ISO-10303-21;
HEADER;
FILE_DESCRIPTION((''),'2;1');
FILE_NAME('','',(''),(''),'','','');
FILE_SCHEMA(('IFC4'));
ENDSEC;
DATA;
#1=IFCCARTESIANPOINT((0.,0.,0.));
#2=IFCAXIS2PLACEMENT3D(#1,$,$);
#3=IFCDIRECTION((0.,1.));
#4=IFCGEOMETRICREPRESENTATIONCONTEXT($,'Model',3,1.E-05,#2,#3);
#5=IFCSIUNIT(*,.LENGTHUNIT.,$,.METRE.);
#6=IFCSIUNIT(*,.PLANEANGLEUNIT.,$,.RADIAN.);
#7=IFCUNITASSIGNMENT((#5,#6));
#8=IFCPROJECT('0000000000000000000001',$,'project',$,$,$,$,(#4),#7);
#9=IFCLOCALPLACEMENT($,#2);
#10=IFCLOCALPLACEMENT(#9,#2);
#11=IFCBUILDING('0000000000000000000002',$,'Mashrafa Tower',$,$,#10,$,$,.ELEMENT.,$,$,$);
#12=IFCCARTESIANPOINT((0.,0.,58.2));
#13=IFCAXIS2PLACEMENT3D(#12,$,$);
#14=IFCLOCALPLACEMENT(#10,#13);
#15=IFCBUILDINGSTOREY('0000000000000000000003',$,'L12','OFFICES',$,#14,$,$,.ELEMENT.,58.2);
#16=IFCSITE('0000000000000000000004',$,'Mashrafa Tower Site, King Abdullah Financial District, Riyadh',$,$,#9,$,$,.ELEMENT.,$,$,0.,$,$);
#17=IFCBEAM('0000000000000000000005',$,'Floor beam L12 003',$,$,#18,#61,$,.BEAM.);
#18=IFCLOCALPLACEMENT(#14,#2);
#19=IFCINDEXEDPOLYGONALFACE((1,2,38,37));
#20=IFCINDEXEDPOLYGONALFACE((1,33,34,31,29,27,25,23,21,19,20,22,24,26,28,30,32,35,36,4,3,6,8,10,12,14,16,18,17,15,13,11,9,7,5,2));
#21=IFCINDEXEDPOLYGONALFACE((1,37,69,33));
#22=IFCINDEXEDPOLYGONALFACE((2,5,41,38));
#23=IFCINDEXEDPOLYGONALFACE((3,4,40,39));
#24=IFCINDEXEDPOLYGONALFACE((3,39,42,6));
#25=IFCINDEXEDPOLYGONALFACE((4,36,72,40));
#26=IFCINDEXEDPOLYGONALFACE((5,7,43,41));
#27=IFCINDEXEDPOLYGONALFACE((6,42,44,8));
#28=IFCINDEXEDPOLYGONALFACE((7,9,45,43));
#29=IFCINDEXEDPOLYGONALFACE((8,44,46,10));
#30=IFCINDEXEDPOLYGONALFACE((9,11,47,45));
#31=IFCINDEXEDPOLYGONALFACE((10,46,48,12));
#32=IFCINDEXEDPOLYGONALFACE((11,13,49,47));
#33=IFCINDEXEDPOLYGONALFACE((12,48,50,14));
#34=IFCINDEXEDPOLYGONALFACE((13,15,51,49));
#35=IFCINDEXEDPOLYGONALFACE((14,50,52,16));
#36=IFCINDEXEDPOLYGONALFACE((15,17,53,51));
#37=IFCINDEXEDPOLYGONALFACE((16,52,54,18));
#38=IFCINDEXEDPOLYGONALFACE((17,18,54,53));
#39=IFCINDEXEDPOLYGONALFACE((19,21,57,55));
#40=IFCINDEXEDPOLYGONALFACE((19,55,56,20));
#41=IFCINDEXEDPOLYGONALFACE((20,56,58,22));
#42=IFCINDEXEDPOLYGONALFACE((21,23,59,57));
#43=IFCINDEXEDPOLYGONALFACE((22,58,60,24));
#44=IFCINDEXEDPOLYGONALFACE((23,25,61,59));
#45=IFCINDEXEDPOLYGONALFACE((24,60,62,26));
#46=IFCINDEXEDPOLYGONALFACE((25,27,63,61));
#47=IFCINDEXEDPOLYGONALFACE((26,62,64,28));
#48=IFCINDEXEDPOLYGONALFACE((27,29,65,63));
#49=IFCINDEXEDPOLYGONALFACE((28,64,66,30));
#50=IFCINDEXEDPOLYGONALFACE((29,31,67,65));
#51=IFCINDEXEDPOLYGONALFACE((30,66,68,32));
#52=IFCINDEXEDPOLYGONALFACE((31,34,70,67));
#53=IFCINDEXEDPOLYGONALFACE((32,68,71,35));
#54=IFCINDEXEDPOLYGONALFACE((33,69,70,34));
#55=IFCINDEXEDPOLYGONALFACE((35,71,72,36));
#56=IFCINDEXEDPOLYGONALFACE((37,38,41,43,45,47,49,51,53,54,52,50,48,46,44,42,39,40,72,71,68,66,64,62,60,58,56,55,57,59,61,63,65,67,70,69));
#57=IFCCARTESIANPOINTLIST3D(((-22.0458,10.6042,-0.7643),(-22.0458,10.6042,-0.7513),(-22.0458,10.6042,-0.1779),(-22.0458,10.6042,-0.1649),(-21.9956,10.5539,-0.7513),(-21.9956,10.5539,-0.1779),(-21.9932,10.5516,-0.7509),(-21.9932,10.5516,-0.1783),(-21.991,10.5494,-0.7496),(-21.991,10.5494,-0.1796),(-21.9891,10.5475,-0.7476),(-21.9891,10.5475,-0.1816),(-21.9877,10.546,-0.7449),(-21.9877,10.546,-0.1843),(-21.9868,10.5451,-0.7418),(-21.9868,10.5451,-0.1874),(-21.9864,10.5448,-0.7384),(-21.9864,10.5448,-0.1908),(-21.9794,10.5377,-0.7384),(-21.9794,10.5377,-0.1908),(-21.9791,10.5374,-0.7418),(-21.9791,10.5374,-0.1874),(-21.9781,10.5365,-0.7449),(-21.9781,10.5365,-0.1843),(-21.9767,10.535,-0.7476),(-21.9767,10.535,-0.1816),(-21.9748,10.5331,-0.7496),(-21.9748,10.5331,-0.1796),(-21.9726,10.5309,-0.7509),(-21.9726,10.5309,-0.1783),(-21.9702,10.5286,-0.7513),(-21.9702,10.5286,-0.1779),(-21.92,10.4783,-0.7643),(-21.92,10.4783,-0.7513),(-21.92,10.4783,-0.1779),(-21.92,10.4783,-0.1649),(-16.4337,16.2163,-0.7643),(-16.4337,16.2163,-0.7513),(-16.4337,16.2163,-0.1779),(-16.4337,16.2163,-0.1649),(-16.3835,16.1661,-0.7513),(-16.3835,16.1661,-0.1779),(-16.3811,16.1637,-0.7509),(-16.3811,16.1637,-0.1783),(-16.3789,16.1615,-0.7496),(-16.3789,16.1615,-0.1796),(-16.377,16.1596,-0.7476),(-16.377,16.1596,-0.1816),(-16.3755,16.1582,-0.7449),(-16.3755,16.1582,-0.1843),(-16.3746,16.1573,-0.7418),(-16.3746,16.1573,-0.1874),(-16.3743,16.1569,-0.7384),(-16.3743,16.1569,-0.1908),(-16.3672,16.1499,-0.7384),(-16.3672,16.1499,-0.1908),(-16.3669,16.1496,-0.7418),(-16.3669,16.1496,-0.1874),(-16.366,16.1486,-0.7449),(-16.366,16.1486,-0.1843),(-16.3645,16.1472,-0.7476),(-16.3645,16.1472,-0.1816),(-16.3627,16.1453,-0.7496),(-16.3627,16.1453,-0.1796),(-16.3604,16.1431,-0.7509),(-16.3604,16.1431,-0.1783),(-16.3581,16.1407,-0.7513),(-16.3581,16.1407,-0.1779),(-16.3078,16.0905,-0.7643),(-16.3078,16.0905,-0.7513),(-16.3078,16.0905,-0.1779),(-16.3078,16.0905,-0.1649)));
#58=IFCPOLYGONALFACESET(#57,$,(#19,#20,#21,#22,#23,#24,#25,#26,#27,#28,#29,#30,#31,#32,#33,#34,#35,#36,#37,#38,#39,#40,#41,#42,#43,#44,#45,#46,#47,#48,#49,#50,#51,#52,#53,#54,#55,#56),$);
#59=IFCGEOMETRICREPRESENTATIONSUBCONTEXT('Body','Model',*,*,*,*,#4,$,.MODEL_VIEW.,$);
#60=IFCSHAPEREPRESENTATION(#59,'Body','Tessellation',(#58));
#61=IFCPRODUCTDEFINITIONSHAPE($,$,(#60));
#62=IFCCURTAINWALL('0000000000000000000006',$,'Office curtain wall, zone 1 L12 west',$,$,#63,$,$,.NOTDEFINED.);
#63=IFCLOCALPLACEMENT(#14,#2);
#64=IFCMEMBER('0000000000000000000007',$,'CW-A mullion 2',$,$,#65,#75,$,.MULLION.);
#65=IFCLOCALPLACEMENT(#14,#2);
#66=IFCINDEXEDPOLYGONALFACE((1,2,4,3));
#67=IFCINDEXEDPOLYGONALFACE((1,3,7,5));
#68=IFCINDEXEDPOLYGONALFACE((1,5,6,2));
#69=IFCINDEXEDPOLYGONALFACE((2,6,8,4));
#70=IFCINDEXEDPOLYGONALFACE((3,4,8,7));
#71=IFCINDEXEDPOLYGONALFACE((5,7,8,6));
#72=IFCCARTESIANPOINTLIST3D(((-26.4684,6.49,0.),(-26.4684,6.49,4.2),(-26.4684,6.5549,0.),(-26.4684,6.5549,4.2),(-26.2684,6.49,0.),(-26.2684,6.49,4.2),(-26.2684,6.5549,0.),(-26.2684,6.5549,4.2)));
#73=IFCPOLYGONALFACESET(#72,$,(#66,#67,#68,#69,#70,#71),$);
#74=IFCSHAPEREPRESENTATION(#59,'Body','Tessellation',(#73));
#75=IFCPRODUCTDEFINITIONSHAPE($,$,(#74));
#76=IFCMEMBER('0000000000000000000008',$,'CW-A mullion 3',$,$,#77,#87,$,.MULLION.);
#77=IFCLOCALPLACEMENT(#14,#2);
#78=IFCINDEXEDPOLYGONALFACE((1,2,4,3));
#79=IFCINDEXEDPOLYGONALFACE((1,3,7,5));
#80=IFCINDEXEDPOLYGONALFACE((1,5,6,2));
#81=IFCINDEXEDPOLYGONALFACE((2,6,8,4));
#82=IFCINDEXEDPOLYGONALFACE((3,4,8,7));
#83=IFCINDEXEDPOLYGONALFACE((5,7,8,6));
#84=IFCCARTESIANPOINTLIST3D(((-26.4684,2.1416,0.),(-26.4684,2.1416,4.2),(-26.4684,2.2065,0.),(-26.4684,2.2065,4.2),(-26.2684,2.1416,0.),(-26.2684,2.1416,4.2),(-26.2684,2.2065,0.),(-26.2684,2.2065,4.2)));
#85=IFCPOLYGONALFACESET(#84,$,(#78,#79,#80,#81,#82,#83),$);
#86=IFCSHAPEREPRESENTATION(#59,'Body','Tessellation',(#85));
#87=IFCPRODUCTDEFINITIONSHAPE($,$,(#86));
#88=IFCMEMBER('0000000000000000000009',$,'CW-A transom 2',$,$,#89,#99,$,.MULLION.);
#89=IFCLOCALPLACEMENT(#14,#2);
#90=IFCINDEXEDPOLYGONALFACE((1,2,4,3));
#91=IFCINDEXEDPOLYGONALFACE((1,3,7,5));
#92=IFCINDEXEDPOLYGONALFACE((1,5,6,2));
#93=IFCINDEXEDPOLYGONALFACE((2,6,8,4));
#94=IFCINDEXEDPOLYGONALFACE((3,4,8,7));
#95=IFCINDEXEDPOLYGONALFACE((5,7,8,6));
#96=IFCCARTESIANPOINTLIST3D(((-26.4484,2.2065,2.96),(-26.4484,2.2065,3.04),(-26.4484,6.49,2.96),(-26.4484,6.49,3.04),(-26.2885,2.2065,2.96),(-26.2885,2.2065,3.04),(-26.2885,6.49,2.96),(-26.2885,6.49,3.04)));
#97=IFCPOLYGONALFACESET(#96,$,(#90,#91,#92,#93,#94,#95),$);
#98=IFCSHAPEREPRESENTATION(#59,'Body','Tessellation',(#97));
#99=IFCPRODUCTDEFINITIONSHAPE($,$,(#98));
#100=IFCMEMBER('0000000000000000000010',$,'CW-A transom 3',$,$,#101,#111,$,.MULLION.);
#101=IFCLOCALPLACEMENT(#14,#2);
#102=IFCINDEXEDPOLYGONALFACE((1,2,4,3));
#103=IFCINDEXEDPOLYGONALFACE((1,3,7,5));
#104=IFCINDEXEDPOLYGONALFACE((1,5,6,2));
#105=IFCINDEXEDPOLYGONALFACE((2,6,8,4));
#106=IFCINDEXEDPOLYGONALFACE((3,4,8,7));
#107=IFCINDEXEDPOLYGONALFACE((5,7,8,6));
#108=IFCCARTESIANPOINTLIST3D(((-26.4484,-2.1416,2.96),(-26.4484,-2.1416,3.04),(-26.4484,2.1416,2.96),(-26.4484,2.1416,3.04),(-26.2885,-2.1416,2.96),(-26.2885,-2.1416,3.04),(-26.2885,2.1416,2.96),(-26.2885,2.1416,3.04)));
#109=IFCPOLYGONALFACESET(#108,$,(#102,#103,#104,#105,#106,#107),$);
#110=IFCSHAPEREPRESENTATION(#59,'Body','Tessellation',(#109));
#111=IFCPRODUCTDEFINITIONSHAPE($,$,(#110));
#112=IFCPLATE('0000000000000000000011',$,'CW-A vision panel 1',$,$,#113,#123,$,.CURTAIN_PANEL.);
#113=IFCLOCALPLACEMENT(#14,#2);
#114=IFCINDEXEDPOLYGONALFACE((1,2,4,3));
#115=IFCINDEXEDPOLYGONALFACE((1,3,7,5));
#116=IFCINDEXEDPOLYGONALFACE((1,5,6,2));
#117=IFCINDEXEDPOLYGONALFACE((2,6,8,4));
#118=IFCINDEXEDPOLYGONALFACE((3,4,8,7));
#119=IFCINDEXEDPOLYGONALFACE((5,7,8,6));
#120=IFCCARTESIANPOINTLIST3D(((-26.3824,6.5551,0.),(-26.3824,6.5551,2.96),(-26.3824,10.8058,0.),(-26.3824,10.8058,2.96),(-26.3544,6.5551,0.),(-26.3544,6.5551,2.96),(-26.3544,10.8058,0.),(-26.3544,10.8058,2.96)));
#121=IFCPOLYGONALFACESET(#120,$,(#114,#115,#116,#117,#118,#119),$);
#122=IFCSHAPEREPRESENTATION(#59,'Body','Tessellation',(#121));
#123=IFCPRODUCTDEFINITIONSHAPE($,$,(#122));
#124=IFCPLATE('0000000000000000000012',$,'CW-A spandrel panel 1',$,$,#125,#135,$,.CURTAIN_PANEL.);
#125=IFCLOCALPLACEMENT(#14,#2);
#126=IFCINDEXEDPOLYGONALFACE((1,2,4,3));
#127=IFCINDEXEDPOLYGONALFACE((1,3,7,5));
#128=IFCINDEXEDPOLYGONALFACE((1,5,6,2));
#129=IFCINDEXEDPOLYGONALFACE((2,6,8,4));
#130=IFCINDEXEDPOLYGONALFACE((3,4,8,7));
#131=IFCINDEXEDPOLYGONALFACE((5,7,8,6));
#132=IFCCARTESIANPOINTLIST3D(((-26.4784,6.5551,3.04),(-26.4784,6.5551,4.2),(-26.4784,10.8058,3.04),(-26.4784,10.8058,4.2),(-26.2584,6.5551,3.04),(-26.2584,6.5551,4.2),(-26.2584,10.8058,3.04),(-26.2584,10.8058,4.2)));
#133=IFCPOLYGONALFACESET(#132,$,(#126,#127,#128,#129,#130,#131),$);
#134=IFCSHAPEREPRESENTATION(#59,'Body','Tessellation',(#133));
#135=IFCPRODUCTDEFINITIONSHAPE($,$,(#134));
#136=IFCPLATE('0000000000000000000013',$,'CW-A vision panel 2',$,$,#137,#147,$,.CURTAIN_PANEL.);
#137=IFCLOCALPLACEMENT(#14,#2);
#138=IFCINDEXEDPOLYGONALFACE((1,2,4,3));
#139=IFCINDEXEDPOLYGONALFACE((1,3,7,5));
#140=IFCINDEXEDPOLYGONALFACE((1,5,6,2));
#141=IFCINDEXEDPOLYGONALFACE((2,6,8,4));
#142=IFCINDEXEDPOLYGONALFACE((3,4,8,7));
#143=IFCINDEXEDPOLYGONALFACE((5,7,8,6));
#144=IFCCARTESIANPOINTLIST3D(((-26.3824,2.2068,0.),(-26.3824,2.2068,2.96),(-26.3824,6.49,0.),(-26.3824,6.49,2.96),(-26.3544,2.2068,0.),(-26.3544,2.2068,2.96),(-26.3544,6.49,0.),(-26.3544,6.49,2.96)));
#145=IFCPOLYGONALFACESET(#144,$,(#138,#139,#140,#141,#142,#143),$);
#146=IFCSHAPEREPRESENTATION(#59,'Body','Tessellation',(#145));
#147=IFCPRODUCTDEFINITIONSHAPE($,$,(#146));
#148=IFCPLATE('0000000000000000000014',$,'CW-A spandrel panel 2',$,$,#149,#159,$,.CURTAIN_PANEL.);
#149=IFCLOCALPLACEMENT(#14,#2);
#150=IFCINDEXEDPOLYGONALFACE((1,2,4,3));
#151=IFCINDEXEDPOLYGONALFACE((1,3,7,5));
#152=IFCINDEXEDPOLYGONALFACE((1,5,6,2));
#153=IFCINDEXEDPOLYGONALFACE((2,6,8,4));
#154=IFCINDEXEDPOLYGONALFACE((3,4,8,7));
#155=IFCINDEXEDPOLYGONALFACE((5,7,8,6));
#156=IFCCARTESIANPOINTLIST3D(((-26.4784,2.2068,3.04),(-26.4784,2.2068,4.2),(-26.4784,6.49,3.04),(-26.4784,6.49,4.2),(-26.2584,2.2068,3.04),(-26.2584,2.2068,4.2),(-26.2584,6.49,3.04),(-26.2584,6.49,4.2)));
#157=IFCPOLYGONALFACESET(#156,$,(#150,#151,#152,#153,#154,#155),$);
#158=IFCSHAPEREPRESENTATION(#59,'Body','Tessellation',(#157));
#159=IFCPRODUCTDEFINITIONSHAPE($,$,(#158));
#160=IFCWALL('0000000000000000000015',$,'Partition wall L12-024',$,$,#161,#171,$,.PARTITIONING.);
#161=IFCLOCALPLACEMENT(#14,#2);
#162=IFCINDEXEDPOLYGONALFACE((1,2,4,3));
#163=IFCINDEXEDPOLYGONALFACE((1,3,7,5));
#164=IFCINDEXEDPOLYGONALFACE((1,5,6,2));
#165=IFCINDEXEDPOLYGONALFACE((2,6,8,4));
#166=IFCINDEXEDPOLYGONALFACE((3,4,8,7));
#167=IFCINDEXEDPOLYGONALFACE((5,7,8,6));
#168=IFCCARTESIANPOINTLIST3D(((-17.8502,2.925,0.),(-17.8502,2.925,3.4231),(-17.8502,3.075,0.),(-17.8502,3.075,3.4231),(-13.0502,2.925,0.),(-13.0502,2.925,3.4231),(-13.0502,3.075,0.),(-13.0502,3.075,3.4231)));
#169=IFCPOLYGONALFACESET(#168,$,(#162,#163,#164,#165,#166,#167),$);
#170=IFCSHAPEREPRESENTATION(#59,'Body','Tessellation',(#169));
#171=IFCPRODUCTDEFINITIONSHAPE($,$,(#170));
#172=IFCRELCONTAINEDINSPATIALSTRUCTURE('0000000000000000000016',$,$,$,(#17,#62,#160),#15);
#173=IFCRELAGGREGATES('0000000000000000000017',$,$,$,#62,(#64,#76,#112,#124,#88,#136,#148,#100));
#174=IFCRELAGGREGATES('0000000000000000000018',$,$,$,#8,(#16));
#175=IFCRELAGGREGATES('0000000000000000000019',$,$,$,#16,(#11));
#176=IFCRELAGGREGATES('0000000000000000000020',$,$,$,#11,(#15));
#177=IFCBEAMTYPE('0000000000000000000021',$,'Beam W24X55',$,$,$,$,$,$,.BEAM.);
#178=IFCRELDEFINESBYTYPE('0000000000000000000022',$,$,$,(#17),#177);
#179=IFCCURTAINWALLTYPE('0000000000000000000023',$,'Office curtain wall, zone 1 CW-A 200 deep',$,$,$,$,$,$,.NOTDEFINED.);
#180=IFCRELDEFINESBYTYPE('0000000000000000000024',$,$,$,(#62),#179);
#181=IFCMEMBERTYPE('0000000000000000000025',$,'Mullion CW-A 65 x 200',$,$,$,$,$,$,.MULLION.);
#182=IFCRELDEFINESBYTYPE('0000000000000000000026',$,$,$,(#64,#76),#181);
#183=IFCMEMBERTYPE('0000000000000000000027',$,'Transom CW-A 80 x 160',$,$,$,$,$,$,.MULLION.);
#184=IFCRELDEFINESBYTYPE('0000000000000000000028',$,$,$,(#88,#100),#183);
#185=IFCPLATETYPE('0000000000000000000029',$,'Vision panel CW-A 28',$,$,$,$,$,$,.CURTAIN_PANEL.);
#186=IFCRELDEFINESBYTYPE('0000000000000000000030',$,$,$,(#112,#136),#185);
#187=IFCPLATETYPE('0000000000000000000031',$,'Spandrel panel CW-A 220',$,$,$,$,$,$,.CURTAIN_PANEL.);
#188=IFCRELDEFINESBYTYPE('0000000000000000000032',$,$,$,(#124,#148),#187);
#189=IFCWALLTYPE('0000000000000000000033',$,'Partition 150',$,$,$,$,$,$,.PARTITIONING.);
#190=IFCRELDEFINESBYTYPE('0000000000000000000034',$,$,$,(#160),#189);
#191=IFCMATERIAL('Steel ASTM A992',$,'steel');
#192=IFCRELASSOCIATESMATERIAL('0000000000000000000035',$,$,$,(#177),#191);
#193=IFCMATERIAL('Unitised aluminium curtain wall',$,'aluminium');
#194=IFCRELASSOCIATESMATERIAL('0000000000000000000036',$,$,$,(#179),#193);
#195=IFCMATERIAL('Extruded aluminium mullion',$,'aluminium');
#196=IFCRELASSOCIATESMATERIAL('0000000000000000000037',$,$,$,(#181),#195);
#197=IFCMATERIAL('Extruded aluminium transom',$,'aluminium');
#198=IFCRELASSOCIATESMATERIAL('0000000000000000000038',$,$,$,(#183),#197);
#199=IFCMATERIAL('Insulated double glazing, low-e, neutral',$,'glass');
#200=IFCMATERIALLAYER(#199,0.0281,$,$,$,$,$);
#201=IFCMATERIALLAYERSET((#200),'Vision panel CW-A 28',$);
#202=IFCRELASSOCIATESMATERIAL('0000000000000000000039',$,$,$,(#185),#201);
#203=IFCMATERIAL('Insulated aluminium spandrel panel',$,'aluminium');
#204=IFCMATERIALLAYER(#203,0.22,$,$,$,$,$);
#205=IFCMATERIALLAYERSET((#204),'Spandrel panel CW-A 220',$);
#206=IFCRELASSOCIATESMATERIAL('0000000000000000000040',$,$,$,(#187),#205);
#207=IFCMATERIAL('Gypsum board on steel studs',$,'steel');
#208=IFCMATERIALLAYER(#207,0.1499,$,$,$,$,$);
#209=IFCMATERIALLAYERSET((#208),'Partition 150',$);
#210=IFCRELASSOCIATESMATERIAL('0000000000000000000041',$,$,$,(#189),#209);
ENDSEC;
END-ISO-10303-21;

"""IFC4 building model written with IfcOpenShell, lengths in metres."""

from ifc_helpers import new_model, si_unit, direction, frame, frame_2d, origin, origin_2d, place, context, subcontext, project, spatial, rectangle, i_section, extrude, source, transform, mapped, material, layer, layer_set, material_profile, profile_set, type_object, type_shapes, element, aggregate, save


model = new_model("IFC4")

# Units and contexts
model_context = context("Model", 3, precision=1e-05, world=origin(), true_north=direction((0.0, 1.0)))
body_context = subcontext(model_context, "Body", "Model", "MODEL_VIEW")
ifc_project = project(units=[si_unit("LENGTHUNIT", "METRE"), si_unit("PLANEANGLEUNIT", "RADIAN")], contexts=[model_context])

# Site, building, storey
site_placement = place(None, origin())
site = spatial("IfcSite", under=ifc_project, at=site_placement, Name="Mashrafa Tower Site, King Abdullah Financial District, Riyadh", CompositionType="ELEMENT", RefElevation=0.0)
building_placement = place(site_placement, origin())
building = spatial("IfcBuilding", under=site, at=building_placement, Name="Mashrafa Tower", CompositionType="ELEMENT")
storey_placement = place(building_placement, frame((0.0, 0.0, 58.2)))
storey = spatial("IfcBuildingStorey", under=building, at=storey_placement, Name="L12", Description="OFFICES", CompositionType="ELEMENT", Elevation=58.2)

# Beam
ifc_material_1 = material(Name="Steel ASTM A992", Category="steel")
ifc_material_profile_1 = material_profile(ifc_material_1, i_section(OverallWidth=0.178, OverallDepth=0.5994, WebThickness=0.01, FlangeThickness=0.0129, FilletRadius=0.0129, at=origin_2d()), Name="W24X55")
ifc_profile_set_1 = profile_set([ifc_material_profile_1], Name="Steel ASTM A992")
beam_type_1 = type_object("IfcBeamType", Name="Beam W24X55", PredefinedType="BEAM", material=ifc_profile_set_1)
beam_1_placement = place(storey_placement, frame((-21.9829, 10.5413, -0.4646), z_axis=(0.707107, 0.707107, 0.0), x_axis=(-0.707107, 0.707107, 0.0)))
element("IfcBeam", 1, at=beam_1_placement, inside=storey, type_object=beam_type_1, Name="Floor beam L12 003", PredefinedType="BEAM", context=body_context, shape_type="SweptSolid", body=[
    extrude(i_section(OverallWidth=0.178, OverallDepth=0.5994, WebThickness=0.01, FlangeThickness=0.0129, FilletRadius=0.0129, at=origin_2d()), origin(), (0.0, 0.0, 1.0), 7.9368),
])

# Curtain wall, members, plates
ifc_material_2 = material(Name="Unitised aluminium curtain wall", Category="aluminium")
curtain_wall_type = type_object("IfcCurtainWallType", Name="Office curtain wall, zone 1 CW-A 200 deep", PredefinedType="NOTDEFINED", material=ifc_material_2)
curtain_wall_placement = place(storey_placement, origin())
curtain_wall = element("IfcCurtainWall", 2, at=curtain_wall_placement, inside=storey, type_object=curtain_wall_type, Name="Office curtain wall, zone 1 L12 west", PredefinedType="NOTDEFINED")
ifc_material_3 = material(Name="Extruded aluminium mullion", Category="aluminium")
ifc_material_profile_2 = material_profile(ifc_material_3, rectangle(XDim=0.2, YDim=0.0649, at=origin_2d()), Name="Mullion 65x200")
ifc_profile_set_2 = profile_set([ifc_material_profile_2], Name="Extruded aluminium mullion")
member_type_1 = type_object("IfcMemberType", Name="Mullion CW-A 65 x 200", PredefinedType="MULLION", material=ifc_profile_set_2)
shared_shape_1 = source(origin(), body_context, "Body", "SweptSolid", [
    extrude(rectangle(XDim=0.2, YDim=0.0649, at=origin_2d()), origin(), (0.0, 0.0, 1.0), 4.2),
])
type_shapes(member_type_1, [shared_shape_1])
member_1_placement = place(storey_placement, frame((-26.3684, 6.5225, 0.0), z_axis=(0.0, 0.0, 1.0), x_axis=(1.0, 0.0, 0.0)))
member_1 = element("IfcMember", 3, at=member_1_placement, type_object=member_type_1, Name="CW-A mullion 2", PredefinedType="MULLION", context=body_context, shape_type="MappedRepresentation", body=[
    mapped(shared_shape_1, transform((0.0, 0.0, 0.0))),
])
member_2_placement = place(storey_placement, frame((-26.3684, 2.1741, 0.0), z_axis=(0.0, 0.0, 1.0), x_axis=(1.0, 0.0, 0.0)))
member_2 = element("IfcMember", 4, at=member_2_placement, type_object=member_type_1, Name="CW-A mullion 3", PredefinedType="MULLION", context=body_context, shape_type="MappedRepresentation", body=[
    mapped(shared_shape_1, transform((0.0, 0.0, 0.0))),
])
ifc_material_4 = material(Name="Extruded aluminium transom", Category="aluminium")
ifc_material_profile_3 = material_profile(ifc_material_4, rectangle(XDim=0.1599, YDim=0.0801, at=origin_2d()), Name="Transom 80x160")
ifc_profile_set_3 = profile_set([ifc_material_profile_3], Name="Extruded aluminium transom")
member_type_2 = type_object("IfcMemberType", Name="Transom CW-A 80 x 160", PredefinedType="MULLION", material=ifc_profile_set_3)
shared_shape_2 = source(origin(), body_context, "Body", "SweptSolid", [
    extrude(rectangle(XDim=0.1599, YDim=0.0801, at=origin_2d()), origin(), (0.0, 0.0, 1.0), 4.2834),
])
member_3_placement = place(storey_placement, frame((-26.3684, 6.49, 3.0), z_axis=(0.0, -1.0, 0.0), x_axis=(1.0, 0.0, 0.0)))
member_3 = element("IfcMember", 5, at=member_3_placement, type_object=member_type_2, Name="CW-A transom 2", PredefinedType="MULLION", context=body_context, shape_type="MappedRepresentation", body=[
    mapped(shared_shape_2, transform((0.0, 0.0, 0.0))),
])
shared_shape_3 = source(origin(), body_context, "Body", "SweptSolid", [
    extrude(rectangle(XDim=0.1599, YDim=0.0801, at=origin_2d()), origin(), (0.0, 0.0, 1.0), 4.2832),
])
type_shapes(member_type_2, [shared_shape_2, shared_shape_3])
member_4_placement = place(storey_placement, frame((-26.3684, 2.1416, 3.0), z_axis=(0.0, -1.0, 0.0), x_axis=(1.0, 0.0, 0.0)))
member_4 = element("IfcMember", 6, at=member_4_placement, type_object=member_type_2, Name="CW-A transom 3", PredefinedType="MULLION", context=body_context, shape_type="MappedRepresentation", body=[
    mapped(shared_shape_3, transform((0.0, 0.0, 0.0))),
])
ifc_material_5 = material(Name="Insulated double glazing, low-e, neutral", Category="glass")
ifc_layer_1 = layer(ifc_material_5, 0.0281)
ifc_layer_set_1 = layer_set([ifc_layer_1], Name="Vision panel CW-A 28")
plate_type_1 = type_object("IfcPlateType", Name="Vision panel CW-A 28", PredefinedType="CURTAIN_PANEL", material=ifc_layer_set_1)
shared_shape_4 = source(origin(), body_context, "Body", "SweptSolid", [
    extrude(rectangle(XDim=4.2507, YDim=0.0281, at=origin_2d()), origin(), (0.0, 0.0, 1.0), 2.96),
])
plate_1_placement = place(storey_placement, frame((-26.3684, 8.6804, 0.0), z_axis=(0.0, 0.0, 1.0), x_axis=(0.0, -1.0, 0.0)))
plate_1 = element("IfcPlate", 7, at=plate_1_placement, type_object=plate_type_1, Name="CW-A vision panel 1", PredefinedType="CURTAIN_PANEL", context=body_context, shape_type="MappedRepresentation", body=[
    mapped(shared_shape_4, transform((0.0, 0.0, 0.0))),
])
ifc_material_6 = material(Name="Insulated aluminium spandrel panel", Category="aluminium")
ifc_layer_2 = layer(ifc_material_6, 0.22)
ifc_layer_set_2 = layer_set([ifc_layer_2], Name="Spandrel panel CW-A 220")
plate_type_2 = type_object("IfcPlateType", Name="Spandrel panel CW-A 220", PredefinedType="CURTAIN_PANEL", material=ifc_layer_set_2)
shared_shape_5 = source(origin(), body_context, "Body", "SweptSolid", [
    extrude(rectangle(XDim=4.2507, YDim=0.22, at=origin_2d()), origin(), (0.0, 0.0, 1.0), 1.1599),
])
plate_2_placement = place(storey_placement, frame((-26.3684, 8.6804, 3.04), z_axis=(0.0, 0.0, 1.0), x_axis=(0.0, -1.0, 0.0)))
plate_2 = element("IfcPlate", 8, at=plate_2_placement, type_object=plate_type_2, Name="CW-A spandrel panel 1", PredefinedType="CURTAIN_PANEL", context=body_context, shape_type="MappedRepresentation", body=[
    mapped(shared_shape_5, transform((0.0, 0.0, 0.0))),
])
shared_shape_6 = source(origin(), body_context, "Body", "SweptSolid", [
    extrude(rectangle(XDim=4.2832, YDim=0.0281, at=origin_2d()), origin(), (0.0, 0.0, 1.0), 2.96),
])
type_shapes(plate_type_1, [shared_shape_4, shared_shape_6])
plate_3_placement = place(storey_placement, frame((-26.3684, 4.3484, 0.0), z_axis=(0.0, 0.0, 1.0), x_axis=(0.0, -1.0, 0.0)))
plate_3 = element("IfcPlate", 9, at=plate_3_placement, type_object=plate_type_1, Name="CW-A vision panel 2", PredefinedType="CURTAIN_PANEL", context=body_context, shape_type="MappedRepresentation", body=[
    mapped(shared_shape_6, transform((0.0, 0.0, 0.0))),
])
shared_shape_7 = source(origin(), body_context, "Body", "SweptSolid", [
    extrude(rectangle(XDim=4.2832, YDim=0.22, at=origin_2d()), origin(), (0.0, 0.0, 1.0), 1.1599),
])
type_shapes(plate_type_2, [shared_shape_5, shared_shape_7])
plate_4_placement = place(storey_placement, frame((-26.3684, 4.3484, 3.04), z_axis=(0.0, 0.0, 1.0), x_axis=(0.0, -1.0, 0.0)))
plate_4 = element("IfcPlate", 10, at=plate_4_placement, type_object=plate_type_2, Name="CW-A spandrel panel 2", PredefinedType="CURTAIN_PANEL", context=body_context, shape_type="MappedRepresentation", body=[
    mapped(shared_shape_7, transform((0.0, 0.0, 0.0))),
])
aggregate(curtain_wall, [member_1, member_2, plate_1, plate_2, member_3, plate_3, plate_4, member_4])

# Wall
ifc_material_7 = material(Name="Gypsum board on steel studs", Category="steel")
ifc_layer_3 = layer(ifc_material_7, 0.1499)
ifc_layer_set_3 = layer_set([ifc_layer_3], Name="Partition 150")
wall_type = type_object("IfcWallType", Name="Partition 150", PredefinedType="PARTITIONING", material=ifc_layer_set_3)
wall_1_placement = place(storey_placement, frame((-17.8501, 3.0, 0.0), z_axis=(0.0, 0.0, 1.0), x_axis=(1.0, 0.0, 0.0)))
element("IfcWall", 11, at=wall_1_placement, inside=storey, type_object=wall_type, Name="Partition wall L12-024", PredefinedType="PARTITIONING", context=body_context, shape_type="SweptSolid", body=[
    extrude(rectangle(XDim=4.8, YDim=0.1499, at=frame_2d((2.3999, 0.0))), origin(), (0.0, 0.0, 1.0), 3.4231),
])

save(model, "model.ifc")
